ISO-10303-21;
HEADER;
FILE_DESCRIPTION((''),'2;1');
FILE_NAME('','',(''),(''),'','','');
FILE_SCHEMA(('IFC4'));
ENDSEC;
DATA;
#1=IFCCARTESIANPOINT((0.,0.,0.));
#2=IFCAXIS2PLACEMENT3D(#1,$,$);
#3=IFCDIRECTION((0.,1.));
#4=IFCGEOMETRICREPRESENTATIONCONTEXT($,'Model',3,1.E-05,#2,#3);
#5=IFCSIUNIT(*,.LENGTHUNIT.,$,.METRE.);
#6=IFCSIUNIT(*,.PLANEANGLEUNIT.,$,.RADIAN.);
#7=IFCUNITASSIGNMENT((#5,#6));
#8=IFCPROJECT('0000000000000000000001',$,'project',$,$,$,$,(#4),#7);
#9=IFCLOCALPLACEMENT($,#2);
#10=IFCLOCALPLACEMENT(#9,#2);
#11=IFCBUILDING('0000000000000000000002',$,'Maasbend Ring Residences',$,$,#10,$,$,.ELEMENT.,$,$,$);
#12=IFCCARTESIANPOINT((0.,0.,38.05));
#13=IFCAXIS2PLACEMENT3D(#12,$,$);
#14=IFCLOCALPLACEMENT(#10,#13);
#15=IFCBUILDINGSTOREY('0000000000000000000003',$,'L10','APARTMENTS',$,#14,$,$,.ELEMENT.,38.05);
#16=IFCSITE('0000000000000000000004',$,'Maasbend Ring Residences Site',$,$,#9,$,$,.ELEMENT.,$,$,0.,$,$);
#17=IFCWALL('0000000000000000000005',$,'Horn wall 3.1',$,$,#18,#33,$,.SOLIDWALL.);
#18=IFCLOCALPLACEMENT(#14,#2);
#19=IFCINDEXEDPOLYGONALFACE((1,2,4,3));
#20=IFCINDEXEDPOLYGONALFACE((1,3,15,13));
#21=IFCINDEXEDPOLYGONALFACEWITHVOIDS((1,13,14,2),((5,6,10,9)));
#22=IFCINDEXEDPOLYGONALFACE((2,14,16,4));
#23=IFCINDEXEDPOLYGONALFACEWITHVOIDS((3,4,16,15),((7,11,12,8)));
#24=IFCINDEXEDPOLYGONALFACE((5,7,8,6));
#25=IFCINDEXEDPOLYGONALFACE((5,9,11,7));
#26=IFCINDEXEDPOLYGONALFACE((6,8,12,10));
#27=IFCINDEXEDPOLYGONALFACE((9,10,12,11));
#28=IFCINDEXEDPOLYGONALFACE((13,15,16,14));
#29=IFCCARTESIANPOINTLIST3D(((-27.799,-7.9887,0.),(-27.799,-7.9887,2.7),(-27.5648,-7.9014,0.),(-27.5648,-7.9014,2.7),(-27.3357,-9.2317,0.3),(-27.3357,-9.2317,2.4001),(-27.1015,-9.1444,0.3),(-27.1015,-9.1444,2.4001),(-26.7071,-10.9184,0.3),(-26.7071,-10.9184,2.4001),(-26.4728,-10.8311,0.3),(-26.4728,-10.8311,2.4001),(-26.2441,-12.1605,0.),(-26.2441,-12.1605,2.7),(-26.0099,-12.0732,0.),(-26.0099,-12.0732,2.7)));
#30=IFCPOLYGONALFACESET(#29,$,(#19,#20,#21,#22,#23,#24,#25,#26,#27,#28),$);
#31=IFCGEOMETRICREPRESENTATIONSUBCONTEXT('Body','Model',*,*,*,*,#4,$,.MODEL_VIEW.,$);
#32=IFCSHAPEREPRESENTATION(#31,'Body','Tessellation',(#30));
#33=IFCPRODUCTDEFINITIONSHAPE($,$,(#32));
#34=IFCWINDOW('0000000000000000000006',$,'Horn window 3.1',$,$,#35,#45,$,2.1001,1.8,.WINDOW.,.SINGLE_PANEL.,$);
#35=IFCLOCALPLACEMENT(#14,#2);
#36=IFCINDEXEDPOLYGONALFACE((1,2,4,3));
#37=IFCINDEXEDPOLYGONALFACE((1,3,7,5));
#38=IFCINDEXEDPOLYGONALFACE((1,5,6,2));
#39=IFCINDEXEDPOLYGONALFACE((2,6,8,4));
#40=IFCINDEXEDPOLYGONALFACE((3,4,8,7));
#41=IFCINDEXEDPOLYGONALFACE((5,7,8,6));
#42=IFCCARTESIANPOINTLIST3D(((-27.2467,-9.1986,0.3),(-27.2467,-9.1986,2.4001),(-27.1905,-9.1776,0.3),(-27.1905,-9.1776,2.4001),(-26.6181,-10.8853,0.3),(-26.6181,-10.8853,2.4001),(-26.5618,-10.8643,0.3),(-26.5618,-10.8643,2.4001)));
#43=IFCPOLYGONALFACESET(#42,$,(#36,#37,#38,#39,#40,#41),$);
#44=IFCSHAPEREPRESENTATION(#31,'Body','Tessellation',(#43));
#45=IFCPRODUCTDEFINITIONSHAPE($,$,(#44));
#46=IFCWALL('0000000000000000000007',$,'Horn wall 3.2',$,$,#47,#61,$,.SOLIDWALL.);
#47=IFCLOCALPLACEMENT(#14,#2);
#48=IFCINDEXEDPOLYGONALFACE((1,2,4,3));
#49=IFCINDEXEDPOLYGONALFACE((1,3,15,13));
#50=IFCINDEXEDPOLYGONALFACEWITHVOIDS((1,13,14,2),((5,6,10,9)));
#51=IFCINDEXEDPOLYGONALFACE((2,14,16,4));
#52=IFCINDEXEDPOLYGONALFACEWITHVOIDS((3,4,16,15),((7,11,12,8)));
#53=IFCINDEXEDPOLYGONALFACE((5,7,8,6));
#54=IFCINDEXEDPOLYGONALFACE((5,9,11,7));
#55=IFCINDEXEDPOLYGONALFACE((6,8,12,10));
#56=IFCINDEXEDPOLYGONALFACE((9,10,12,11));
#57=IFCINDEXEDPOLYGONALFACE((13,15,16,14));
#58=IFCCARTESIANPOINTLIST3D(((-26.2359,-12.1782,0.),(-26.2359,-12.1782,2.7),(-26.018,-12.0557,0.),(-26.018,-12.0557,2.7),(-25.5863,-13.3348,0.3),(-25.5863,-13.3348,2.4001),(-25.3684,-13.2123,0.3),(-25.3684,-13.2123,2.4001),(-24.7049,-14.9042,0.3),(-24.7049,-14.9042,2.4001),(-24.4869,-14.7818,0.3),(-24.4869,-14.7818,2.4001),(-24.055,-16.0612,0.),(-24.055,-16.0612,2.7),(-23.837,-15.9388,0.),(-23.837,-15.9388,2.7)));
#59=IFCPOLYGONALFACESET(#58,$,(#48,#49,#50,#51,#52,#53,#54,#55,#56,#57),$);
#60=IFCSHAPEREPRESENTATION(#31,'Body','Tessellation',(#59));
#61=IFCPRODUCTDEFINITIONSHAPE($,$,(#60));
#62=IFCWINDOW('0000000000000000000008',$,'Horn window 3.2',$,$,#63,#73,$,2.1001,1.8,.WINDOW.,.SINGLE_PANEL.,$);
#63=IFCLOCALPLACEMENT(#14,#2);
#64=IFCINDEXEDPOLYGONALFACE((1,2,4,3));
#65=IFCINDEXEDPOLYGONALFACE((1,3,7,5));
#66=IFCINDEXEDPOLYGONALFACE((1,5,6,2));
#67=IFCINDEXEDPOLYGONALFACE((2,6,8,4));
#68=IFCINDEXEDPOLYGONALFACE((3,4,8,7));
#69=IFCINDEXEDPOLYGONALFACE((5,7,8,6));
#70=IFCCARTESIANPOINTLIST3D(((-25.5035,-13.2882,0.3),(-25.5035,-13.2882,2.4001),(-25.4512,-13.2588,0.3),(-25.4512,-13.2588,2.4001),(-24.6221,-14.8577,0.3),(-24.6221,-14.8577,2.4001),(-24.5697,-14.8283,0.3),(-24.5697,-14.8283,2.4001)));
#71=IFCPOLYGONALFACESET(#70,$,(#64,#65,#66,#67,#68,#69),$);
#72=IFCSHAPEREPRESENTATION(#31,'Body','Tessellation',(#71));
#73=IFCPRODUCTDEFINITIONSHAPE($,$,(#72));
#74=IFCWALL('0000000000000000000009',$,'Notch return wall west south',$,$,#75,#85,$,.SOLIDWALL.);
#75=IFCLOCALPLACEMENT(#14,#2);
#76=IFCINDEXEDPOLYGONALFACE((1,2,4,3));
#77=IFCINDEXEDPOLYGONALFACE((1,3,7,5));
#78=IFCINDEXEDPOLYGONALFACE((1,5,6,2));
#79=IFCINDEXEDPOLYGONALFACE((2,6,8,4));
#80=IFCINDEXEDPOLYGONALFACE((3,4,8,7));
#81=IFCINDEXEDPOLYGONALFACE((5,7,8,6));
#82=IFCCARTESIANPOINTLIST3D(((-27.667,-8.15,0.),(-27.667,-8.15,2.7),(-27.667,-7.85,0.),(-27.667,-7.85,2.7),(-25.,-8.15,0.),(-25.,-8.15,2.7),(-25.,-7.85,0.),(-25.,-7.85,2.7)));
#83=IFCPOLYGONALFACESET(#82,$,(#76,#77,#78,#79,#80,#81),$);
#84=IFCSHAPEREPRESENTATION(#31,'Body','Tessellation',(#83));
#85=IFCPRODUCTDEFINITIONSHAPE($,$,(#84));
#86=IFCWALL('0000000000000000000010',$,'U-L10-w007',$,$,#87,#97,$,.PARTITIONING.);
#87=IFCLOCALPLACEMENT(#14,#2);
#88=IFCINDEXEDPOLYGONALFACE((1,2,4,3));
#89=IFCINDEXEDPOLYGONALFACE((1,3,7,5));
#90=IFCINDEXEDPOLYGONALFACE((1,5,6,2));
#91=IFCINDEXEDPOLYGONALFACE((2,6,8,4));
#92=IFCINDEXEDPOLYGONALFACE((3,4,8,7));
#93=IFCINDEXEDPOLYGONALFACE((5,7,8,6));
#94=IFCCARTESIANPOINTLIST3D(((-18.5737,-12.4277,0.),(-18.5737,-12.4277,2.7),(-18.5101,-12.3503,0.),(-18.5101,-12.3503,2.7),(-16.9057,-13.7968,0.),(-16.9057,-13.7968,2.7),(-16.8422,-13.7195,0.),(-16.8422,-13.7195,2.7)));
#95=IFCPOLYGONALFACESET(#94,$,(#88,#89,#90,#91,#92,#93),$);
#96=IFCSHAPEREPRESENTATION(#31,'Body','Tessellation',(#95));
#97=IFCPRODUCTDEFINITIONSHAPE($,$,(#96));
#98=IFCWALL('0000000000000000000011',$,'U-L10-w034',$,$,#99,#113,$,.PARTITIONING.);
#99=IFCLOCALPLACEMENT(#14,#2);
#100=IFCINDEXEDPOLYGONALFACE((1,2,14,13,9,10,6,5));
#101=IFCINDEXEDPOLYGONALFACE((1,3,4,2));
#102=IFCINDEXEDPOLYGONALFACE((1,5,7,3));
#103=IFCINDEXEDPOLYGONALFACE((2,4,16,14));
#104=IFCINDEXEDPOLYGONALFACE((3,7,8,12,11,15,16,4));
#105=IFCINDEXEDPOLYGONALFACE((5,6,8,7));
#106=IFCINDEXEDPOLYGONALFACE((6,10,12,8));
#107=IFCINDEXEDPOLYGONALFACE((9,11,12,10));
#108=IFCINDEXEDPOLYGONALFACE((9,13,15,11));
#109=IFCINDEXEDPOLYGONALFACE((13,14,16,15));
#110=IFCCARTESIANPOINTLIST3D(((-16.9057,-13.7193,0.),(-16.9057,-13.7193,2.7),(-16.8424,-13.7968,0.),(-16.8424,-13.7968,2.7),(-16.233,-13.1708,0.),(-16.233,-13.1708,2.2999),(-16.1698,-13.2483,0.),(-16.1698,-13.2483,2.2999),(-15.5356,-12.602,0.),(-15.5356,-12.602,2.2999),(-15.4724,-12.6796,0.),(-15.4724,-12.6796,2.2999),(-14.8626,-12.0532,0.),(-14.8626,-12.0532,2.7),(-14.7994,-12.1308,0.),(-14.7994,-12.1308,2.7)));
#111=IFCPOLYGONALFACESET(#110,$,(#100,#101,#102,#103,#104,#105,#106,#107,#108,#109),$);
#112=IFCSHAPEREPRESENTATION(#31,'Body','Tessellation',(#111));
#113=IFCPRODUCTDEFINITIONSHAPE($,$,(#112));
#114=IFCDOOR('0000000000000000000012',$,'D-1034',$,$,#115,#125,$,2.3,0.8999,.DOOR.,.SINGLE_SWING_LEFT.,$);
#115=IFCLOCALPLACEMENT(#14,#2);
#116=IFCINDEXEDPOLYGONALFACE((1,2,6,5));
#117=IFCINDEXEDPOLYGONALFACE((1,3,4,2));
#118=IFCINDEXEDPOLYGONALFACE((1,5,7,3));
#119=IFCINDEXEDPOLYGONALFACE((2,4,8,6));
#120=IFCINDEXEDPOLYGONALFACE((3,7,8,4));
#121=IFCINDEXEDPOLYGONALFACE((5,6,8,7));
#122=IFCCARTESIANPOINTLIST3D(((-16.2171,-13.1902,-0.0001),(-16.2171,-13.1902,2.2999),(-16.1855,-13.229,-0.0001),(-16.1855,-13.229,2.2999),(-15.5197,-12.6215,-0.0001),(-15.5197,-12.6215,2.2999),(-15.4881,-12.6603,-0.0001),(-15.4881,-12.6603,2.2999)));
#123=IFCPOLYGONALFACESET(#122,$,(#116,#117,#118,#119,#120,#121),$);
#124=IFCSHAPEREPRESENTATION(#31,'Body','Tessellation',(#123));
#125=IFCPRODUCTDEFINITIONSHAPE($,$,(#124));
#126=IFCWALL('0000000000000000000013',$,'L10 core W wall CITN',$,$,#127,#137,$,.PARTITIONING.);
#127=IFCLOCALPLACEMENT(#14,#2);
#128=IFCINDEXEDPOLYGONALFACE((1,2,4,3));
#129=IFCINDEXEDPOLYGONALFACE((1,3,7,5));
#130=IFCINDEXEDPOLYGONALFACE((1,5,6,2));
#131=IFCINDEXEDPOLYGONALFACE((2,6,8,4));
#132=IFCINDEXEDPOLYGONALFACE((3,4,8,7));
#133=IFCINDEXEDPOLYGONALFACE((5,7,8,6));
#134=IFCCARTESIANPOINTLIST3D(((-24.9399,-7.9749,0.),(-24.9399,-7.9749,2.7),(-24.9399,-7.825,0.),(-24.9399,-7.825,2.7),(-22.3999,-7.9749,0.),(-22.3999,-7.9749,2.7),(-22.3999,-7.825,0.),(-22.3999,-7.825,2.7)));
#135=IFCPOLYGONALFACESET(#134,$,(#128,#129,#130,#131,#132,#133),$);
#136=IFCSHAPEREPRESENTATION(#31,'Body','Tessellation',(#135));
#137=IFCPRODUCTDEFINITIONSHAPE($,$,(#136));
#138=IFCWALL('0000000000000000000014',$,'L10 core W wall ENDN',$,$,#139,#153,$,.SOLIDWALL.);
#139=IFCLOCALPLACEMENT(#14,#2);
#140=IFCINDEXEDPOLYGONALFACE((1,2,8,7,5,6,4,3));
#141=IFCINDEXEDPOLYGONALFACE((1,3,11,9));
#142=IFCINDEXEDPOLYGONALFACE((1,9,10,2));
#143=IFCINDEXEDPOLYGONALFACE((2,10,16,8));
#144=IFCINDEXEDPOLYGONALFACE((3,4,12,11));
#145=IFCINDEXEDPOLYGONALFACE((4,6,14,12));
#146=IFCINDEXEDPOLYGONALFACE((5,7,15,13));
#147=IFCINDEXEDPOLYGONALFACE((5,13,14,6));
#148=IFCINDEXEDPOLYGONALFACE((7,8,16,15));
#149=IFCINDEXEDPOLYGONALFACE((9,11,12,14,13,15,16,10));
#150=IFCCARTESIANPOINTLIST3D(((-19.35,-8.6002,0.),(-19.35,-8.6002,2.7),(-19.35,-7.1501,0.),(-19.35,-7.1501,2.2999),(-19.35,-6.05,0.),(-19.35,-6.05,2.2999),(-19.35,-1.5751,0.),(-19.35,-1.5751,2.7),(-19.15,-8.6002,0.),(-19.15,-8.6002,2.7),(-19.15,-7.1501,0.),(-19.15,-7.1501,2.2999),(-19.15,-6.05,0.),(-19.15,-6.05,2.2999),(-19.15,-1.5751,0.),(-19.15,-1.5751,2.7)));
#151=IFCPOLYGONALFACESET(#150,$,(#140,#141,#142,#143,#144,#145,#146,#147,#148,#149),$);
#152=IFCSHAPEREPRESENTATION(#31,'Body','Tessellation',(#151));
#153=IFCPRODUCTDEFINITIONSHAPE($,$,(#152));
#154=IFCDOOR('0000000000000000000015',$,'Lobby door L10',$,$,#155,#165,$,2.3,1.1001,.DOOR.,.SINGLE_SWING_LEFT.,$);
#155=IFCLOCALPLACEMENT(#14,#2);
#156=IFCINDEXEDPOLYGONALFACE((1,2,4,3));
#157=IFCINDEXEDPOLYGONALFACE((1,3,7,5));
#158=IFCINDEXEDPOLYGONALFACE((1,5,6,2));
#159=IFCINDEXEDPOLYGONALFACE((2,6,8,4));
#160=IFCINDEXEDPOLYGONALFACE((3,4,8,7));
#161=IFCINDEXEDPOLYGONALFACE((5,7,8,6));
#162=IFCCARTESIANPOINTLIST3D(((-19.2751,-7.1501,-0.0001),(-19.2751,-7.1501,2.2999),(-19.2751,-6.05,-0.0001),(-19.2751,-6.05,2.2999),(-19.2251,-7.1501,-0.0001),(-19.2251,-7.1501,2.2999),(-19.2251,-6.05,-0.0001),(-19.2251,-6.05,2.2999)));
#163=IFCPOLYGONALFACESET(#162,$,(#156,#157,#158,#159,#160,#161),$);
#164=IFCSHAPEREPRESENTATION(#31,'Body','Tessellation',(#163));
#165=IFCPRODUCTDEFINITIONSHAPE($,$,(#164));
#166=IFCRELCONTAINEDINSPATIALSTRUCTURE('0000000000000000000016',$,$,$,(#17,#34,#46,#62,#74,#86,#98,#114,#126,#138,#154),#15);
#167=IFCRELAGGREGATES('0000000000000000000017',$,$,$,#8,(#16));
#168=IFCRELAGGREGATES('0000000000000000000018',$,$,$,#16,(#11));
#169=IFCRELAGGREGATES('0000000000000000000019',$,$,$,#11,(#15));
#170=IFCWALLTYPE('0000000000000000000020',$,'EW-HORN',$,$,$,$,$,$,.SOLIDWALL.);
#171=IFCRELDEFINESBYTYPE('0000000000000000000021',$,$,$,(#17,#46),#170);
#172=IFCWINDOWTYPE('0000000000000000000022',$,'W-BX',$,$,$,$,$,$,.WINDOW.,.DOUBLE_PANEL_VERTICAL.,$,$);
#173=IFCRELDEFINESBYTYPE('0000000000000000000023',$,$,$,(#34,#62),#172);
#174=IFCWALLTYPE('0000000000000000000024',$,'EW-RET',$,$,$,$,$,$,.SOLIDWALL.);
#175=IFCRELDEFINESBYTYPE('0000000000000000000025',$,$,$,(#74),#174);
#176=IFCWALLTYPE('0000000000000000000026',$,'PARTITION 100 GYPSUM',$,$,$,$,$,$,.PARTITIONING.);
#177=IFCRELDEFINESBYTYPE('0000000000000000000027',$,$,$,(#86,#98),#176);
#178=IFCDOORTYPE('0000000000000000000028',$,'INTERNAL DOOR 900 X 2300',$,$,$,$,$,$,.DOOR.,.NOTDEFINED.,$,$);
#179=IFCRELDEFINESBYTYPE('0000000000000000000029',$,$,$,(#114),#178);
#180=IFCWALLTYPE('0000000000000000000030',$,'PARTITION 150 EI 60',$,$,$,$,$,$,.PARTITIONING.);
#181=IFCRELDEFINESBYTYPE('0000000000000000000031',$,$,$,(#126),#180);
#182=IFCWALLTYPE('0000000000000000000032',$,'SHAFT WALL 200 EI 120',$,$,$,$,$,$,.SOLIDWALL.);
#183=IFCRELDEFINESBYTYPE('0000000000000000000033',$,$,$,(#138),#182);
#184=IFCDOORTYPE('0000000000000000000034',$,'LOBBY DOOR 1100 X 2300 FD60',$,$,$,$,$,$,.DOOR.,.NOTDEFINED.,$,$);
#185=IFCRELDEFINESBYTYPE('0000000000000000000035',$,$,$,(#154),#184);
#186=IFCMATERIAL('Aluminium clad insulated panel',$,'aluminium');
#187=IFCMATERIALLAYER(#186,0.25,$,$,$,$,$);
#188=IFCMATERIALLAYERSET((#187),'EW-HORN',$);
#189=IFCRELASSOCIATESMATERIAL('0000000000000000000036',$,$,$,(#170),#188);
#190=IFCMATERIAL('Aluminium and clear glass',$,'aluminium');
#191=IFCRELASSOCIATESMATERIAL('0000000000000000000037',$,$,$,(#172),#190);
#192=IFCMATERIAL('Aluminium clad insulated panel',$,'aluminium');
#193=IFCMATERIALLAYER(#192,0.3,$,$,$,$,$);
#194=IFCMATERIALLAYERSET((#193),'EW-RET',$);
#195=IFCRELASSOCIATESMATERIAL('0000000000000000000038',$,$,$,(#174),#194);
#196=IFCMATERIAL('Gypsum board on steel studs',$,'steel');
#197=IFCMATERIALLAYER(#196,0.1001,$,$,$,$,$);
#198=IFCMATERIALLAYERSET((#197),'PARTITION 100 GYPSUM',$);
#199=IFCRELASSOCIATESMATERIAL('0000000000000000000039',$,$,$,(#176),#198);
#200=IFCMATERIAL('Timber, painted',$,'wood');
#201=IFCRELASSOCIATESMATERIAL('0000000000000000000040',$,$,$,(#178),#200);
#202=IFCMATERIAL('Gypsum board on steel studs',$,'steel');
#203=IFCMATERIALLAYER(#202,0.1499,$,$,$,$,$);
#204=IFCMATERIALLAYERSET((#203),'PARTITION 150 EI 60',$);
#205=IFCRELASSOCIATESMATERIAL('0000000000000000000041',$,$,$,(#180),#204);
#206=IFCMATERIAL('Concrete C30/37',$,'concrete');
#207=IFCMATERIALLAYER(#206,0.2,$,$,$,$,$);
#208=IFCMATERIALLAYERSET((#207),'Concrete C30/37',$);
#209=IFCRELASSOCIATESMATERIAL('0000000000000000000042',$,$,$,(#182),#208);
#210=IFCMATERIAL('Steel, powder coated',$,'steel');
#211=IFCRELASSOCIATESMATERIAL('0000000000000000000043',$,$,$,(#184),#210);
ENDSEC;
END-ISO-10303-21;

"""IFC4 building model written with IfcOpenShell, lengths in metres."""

from ifc_helpers import new_model, si_unit, direction, frame, frame_2d, origin, place, context, subcontext, project, spatial, rectangle, extrude, material, layer, layer_set, type_object, element, fill, save


model = new_model("IFC4")

# Units and contexts
model_context = context("Model", 3, precision=1e-05, world=origin(), true_north=direction((0.0, 1.0)))
body_context = subcontext(model_context, "Body", "Model", "MODEL_VIEW")
ifc_project = project(units=[si_unit("LENGTHUNIT", "METRE"), si_unit("PLANEANGLEUNIT", "RADIAN")], contexts=[model_context])

# Site, building, storey
site_placement = place(None, origin())
site = spatial("IfcSite", under=ifc_project, at=site_placement, Name="Maasbend Ring Residences Site", CompositionType="ELEMENT", RefElevation=0.0)
building_placement = place(site_placement, origin())
building = spatial("IfcBuilding", under=site, at=building_placement, Name="Maasbend Ring Residences", CompositionType="ELEMENT")
storey_placement = place(building_placement, frame((0.0, 0.0, 38.05)))
storey = spatial("IfcBuildingStorey", under=building, at=storey_placement, Name="L10", Description="APARTMENTS", CompositionType="ELEMENT", Elevation=38.05)

# Walls, openings, windows
ifc_material_1 = material(Name="Aluminium clad insulated panel", Category="aluminium")
ifc_layer_1 = layer(ifc_material_1, 0.25)
ifc_layer_set_1 = layer_set([ifc_layer_1], Name="EW-HORN")
wall_type_1 = type_object("IfcWallType", Name="EW-HORN", PredefinedType="SOLIDWALL", material=ifc_layer_set_1)
wall_1_placement = place(storey_placement, frame((-27.6819, -7.9451, 0.0), z_axis=(0.0, 0.0, 1.0), x_axis=(0.349248, -0.93703, 0.0)))
wall_1 = element("IfcWall", 1, at=wall_1_placement, inside=storey, type_object=wall_type_1, Name="Horn wall 3.1", PredefinedType="SOLIDWALL", context=body_context, shape_type="SweptSolid", body=[
    extrude(rectangle(XDim=4.4521, YDim=0.25, at=frame_2d((2.2261, 0.0))), origin(), (0.0, 0.0, 1.0), 2.7),
])
opening_1_placement = place(wall_1_placement, frame((1.3267, 0.0, 0.3)))
opening_1 = element("IfcOpeningElement", 2, at=opening_1_placement, cuts=wall_1, PredefinedType="OPENING", context=body_context, shape_type="SweptSolid", body=[
    extrude(rectangle(XDim=1.8, YDim=2.1001, at=frame_2d((0.8999, 1.05))), frame((0.0, 0.135, 0.0), z_axis=(0.0, -1.0, 0.0), x_axis=(1.0, 0.0, 0.0)), (0.0, 0.0, 1.0), 0.27),
])
ifc_material_2 = material(Name="Aluminium and clear glass", Category="aluminium")
window_type = type_object("IfcWindowType", Name="W-BX", PartitioningType="DOUBLE_PANEL_VERTICAL", PredefinedType="WINDOW", material=ifc_material_2)
window_1_placement = place(opening_1_placement, origin())
window_1 = element("IfcWindow", 3, at=window_1_placement, inside=storey, type_object=window_type, Name="Horn window 3.1", OverallHeight=2.1001, OverallWidth=1.8, PartitioningType="SINGLE_PANEL", PredefinedType="WINDOW", context=body_context, shape_type="SweptSolid", body=[
    extrude(rectangle(XDim=1.8, YDim=2.1001, at=frame_2d((0.8999, 1.05))), frame((0.0, 0.03, 0.0), z_axis=(0.0, -1.0, 0.0), x_axis=(1.0, 0.0, 0.0)), (0.0, 0.0, 1.0), 0.0601),
])
fill(opening_1, window_1)
wall_2_placement = place(storey_placement, frame((-26.127, -12.1169, 0.0), z_axis=(0.0, 0.0, 1.0), x_axis=(0.489696, -0.871893, 0.0)))
wall_2 = element("IfcWall", 4, at=wall_2_placement, inside=storey, type_object=wall_type_1, Name="Horn wall 3.2", PredefinedType="SOLIDWALL", context=body_context, shape_type="SweptSolid", body=[
    extrude(rectangle(XDim=4.4536, YDim=0.25, at=frame_2d((2.2268, 0.0))), origin(), (0.0, 0.0, 1.0), 2.7),
])
opening_2_placement = place(wall_2_placement, frame((1.3267, 0.0, 0.3)))
opening_2 = element("IfcOpeningElement", 5, at=opening_2_placement, cuts=wall_2, PredefinedType="OPENING", context=body_context, shape_type="SweptSolid", body=[
    extrude(rectangle(XDim=1.8, YDim=2.1001, at=frame_2d((0.8999, 1.05))), frame((0.0, 0.135, 0.0), z_axis=(0.0, -1.0, 0.0), x_axis=(1.0, 0.0, 0.0)), (0.0, 0.0, 1.0), 0.27),
])
window_2_placement = place(opening_2_placement, origin())
window_2 = element("IfcWindow", 6, at=window_2_placement, inside=storey, type_object=window_type, Name="Horn window 3.2", OverallHeight=2.1001, OverallWidth=1.8, PartitioningType="SINGLE_PANEL", PredefinedType="WINDOW", context=body_context, shape_type="SweptSolid", body=[
    extrude(rectangle(XDim=1.8, YDim=2.1001, at=frame_2d((0.8999, 1.05))), frame((0.0, 0.03, 0.0), z_axis=(0.0, -1.0, 0.0), x_axis=(1.0, 0.0, 0.0)), (0.0, 0.0, 1.0), 0.0601),
])
fill(opening_2, window_2)

# Walls
ifc_material_3 = material(Name="Aluminium clad insulated panel", Category="aluminium")
ifc_layer_2 = layer(ifc_material_3, 0.3)
ifc_layer_set_2 = layer_set([ifc_layer_2], Name="EW-RET")
wall_type_2 = type_object("IfcWallType", Name="EW-RET", PredefinedType="SOLIDWALL", material=ifc_layer_set_2)
wall_3_placement = place(storey_placement, frame((-25.0, -8.0, 0.0), z_axis=(0.0, 0.0, 1.0), x_axis=(-1.0, 0.0, 0.0)))
element("IfcWall", 7, at=wall_3_placement, inside=storey, type_object=wall_type_2, Name="Notch return wall west south", PredefinedType="SOLIDWALL", context=body_context, shape_type="SweptSolid", body=[
    extrude(rectangle(XDim=2.667, YDim=0.3, at=frame_2d((1.3335, 0.0))), origin(), (0.0, 0.0, 1.0), 2.7),
])
ifc_material_4 = material(Name="Gypsum board on steel studs", Category="steel")
ifc_layer_3 = layer(ifc_material_4, 0.1001)
ifc_layer_set_3 = layer_set([ifc_layer_3], Name="PARTITION 100 GYPSUM")
wall_type_3 = type_object("IfcWallType", Name="PARTITION 100 GYPSUM", PredefinedType="PARTITIONING", material=ifc_layer_set_3)
wall_4_placement = place(storey_placement, frame((-18.542, -12.3889, 0.0), z_axis=(0.0, 0.0, 1.0), x_axis=(0.772948, -0.634469, 0.0)))
element("IfcWall", 8, at=wall_4_placement, inside=storey, type_object=wall_type_3, Name="U-L10-w007", PredefinedType="PARTITIONING", context=body_context, shape_type="SweptSolid", body=[
    extrude(rectangle(XDim=2.158, YDim=0.1001, at=frame_2d((1.0791, 0.0))), origin(), (0.0, 0.0, 1.0), 2.7),
])

# Wall, opening, door
wall_5_placement = place(storey_placement, frame((-16.874, -13.7581, 0.0), z_axis=(0.0, 0.0, 1.0), x_axis=(0.77498, 0.631986, 0.0)))
wall_5 = element("IfcWall", 9, at=wall_5_placement, inside=storey, type_object=wall_type_3, Name="U-L10-w034", PredefinedType="PARTITIONING", context=body_context, shape_type="SweptSolid", body=[
    extrude(rectangle(XDim=2.6362, YDim=0.1001, at=frame_2d((1.3181, 0.0))), origin(), (0.0, 0.0, 1.0), 2.7),
])
opening_3_placement = place(wall_5_placement, frame((0.8679, 0.0, 0.0)))
opening_3 = element("IfcOpeningElement", 10, at=opening_3_placement, cuts=wall_5, PredefinedType="OPENING", context=body_context, shape_type="SweptSolid", body=[
    extrude(rectangle(XDim=0.8999, YDim=2.3, at=frame_2d((0.45, 1.1499))), frame((0.0, 0.0601, 0.0), z_axis=(0.0, -1.0, 0.0), x_axis=(1.0, 0.0, 0.0)), (0.0, 0.0, 1.0), 0.1201),
])
ifc_material_5 = material(Name="Timber, painted", Category="wood")
door_type_1 = type_object("IfcDoorType", Name="INTERNAL DOOR 900 X 2300", OperationType="NOTDEFINED", PredefinedType="DOOR", material=ifc_material_5)
door_1_placement = place(opening_3_placement, origin())
door_1 = element("IfcDoor", 11, at=door_1_placement, inside=storey, type_object=door_type_1, Name="D-1034", OperationType="SINGLE_SWING_LEFT", OverallHeight=2.3, OverallWidth=0.8999, PredefinedType="DOOR", context=body_context, shape_type="SweptSolid", body=[
    extrude(rectangle(XDim=0.8999, YDim=2.3, at=frame_2d((0.45, 1.1499))), frame((0.0, 0.0249, 0.0), z_axis=(0.0, -1.0, 0.0), x_axis=(1.0, 0.0, 0.0)), (0.0, 0.0, 1.0), 0.05),
])
fill(opening_3, door_1)

# Wall
ifc_material_6 = material(Name="Gypsum board on steel studs", Category="steel")
ifc_layer_4 = layer(ifc_material_6, 0.1499)
ifc_layer_set_4 = layer_set([ifc_layer_4], Name="PARTITION 150 EI 60")
wall_type_4 = type_object("IfcWallType", Name="PARTITION 150 EI 60", PredefinedType="PARTITIONING", material=ifc_layer_set_4)
wall_6_placement = place(storey_placement, frame((-22.3999, -7.8999, 0.0), z_axis=(0.0, 0.0, 1.0), x_axis=(-1.0, 0.0, 0.0)))
element("IfcWall", 12, at=wall_6_placement, inside=storey, type_object=wall_type_4, Name="L10 core W wall CITN", PredefinedType="PARTITIONING", context=body_context, shape_type="SweptSolid", body=[
    extrude(rectangle(XDim=2.54, YDim=0.1499, at=frame_2d((1.27, 0.0))), origin(), (0.0, 0.0, 1.0), 2.7),
])

# Wall, opening, door
ifc_material_7 = material(Name="Concrete C30/37", Category="concrete")
ifc_layer_5 = layer(ifc_material_7, 0.2)
ifc_layer_set_5 = layer_set([ifc_layer_5], Name="Concrete C30/37")
wall_type_5 = type_object("IfcWallType", Name="SHAFT WALL 200 EI 120", PredefinedType="SOLIDWALL", material=ifc_layer_set_5)
wall_7_placement = place(storey_placement, frame((-19.25, -1.575, 0.0), z_axis=(0.0, 0.0, 1.0), x_axis=(0.0, -1.0, 0.0)))
wall_7 = element("IfcWall", 13, at=wall_7_placement, inside=storey, type_object=wall_type_5, Name="L10 core W wall ENDN", PredefinedType="SOLIDWALL", context=body_context, shape_type="SweptSolid", body=[
    extrude(rectangle(XDim=7.0251, YDim=0.2, at=frame_2d((3.5127, 0.0))), origin(), (0.0, 0.0, 1.0), 2.7),
])
opening_4_placement = place(wall_7_placement, frame((4.4751, 0.0, 0.0)))
opening_4 = element("IfcOpeningElement", 14, at=opening_4_placement, cuts=wall_7, PredefinedType="OPENING", context=body_context, shape_type="SweptSolid", body=[
    extrude(rectangle(XDim=1.1001, YDim=2.3, at=frame_2d((0.55, 1.1499))), frame((0.0, 0.1099, 0.0), z_axis=(0.0, -1.0, 0.0), x_axis=(1.0, 0.0, 0.0)), (0.0, 0.0, 1.0), 0.22),
])
ifc_material_8 = material(Name="Steel, powder coated", Category="steel")
door_type_2 = type_object("IfcDoorType", Name="LOBBY DOOR 1100 X 2300 FD60", OperationType="NOTDEFINED", PredefinedType="DOOR", material=ifc_material_8)
door_2_placement = place(opening_4_placement, origin())
door_2 = element("IfcDoor", 15, at=door_2_placement, inside=storey, type_object=door_type_2, Name="Lobby door L10", OperationType="SINGLE_SWING_LEFT", OverallHeight=2.3, OverallWidth=1.1001, PredefinedType="DOOR", context=body_context, shape_type="SweptSolid", body=[
    extrude(rectangle(XDim=1.1001, YDim=2.3, at=frame_2d((0.55, 1.1499))), frame((0.0, 0.0249, 0.0), z_axis=(0.0, -1.0, 0.0), x_axis=(1.0, 0.0, 0.0)), (0.0, 0.0, 1.0), 0.05),
])
fill(opening_4, door_2)

save(model, "model.ifc")
